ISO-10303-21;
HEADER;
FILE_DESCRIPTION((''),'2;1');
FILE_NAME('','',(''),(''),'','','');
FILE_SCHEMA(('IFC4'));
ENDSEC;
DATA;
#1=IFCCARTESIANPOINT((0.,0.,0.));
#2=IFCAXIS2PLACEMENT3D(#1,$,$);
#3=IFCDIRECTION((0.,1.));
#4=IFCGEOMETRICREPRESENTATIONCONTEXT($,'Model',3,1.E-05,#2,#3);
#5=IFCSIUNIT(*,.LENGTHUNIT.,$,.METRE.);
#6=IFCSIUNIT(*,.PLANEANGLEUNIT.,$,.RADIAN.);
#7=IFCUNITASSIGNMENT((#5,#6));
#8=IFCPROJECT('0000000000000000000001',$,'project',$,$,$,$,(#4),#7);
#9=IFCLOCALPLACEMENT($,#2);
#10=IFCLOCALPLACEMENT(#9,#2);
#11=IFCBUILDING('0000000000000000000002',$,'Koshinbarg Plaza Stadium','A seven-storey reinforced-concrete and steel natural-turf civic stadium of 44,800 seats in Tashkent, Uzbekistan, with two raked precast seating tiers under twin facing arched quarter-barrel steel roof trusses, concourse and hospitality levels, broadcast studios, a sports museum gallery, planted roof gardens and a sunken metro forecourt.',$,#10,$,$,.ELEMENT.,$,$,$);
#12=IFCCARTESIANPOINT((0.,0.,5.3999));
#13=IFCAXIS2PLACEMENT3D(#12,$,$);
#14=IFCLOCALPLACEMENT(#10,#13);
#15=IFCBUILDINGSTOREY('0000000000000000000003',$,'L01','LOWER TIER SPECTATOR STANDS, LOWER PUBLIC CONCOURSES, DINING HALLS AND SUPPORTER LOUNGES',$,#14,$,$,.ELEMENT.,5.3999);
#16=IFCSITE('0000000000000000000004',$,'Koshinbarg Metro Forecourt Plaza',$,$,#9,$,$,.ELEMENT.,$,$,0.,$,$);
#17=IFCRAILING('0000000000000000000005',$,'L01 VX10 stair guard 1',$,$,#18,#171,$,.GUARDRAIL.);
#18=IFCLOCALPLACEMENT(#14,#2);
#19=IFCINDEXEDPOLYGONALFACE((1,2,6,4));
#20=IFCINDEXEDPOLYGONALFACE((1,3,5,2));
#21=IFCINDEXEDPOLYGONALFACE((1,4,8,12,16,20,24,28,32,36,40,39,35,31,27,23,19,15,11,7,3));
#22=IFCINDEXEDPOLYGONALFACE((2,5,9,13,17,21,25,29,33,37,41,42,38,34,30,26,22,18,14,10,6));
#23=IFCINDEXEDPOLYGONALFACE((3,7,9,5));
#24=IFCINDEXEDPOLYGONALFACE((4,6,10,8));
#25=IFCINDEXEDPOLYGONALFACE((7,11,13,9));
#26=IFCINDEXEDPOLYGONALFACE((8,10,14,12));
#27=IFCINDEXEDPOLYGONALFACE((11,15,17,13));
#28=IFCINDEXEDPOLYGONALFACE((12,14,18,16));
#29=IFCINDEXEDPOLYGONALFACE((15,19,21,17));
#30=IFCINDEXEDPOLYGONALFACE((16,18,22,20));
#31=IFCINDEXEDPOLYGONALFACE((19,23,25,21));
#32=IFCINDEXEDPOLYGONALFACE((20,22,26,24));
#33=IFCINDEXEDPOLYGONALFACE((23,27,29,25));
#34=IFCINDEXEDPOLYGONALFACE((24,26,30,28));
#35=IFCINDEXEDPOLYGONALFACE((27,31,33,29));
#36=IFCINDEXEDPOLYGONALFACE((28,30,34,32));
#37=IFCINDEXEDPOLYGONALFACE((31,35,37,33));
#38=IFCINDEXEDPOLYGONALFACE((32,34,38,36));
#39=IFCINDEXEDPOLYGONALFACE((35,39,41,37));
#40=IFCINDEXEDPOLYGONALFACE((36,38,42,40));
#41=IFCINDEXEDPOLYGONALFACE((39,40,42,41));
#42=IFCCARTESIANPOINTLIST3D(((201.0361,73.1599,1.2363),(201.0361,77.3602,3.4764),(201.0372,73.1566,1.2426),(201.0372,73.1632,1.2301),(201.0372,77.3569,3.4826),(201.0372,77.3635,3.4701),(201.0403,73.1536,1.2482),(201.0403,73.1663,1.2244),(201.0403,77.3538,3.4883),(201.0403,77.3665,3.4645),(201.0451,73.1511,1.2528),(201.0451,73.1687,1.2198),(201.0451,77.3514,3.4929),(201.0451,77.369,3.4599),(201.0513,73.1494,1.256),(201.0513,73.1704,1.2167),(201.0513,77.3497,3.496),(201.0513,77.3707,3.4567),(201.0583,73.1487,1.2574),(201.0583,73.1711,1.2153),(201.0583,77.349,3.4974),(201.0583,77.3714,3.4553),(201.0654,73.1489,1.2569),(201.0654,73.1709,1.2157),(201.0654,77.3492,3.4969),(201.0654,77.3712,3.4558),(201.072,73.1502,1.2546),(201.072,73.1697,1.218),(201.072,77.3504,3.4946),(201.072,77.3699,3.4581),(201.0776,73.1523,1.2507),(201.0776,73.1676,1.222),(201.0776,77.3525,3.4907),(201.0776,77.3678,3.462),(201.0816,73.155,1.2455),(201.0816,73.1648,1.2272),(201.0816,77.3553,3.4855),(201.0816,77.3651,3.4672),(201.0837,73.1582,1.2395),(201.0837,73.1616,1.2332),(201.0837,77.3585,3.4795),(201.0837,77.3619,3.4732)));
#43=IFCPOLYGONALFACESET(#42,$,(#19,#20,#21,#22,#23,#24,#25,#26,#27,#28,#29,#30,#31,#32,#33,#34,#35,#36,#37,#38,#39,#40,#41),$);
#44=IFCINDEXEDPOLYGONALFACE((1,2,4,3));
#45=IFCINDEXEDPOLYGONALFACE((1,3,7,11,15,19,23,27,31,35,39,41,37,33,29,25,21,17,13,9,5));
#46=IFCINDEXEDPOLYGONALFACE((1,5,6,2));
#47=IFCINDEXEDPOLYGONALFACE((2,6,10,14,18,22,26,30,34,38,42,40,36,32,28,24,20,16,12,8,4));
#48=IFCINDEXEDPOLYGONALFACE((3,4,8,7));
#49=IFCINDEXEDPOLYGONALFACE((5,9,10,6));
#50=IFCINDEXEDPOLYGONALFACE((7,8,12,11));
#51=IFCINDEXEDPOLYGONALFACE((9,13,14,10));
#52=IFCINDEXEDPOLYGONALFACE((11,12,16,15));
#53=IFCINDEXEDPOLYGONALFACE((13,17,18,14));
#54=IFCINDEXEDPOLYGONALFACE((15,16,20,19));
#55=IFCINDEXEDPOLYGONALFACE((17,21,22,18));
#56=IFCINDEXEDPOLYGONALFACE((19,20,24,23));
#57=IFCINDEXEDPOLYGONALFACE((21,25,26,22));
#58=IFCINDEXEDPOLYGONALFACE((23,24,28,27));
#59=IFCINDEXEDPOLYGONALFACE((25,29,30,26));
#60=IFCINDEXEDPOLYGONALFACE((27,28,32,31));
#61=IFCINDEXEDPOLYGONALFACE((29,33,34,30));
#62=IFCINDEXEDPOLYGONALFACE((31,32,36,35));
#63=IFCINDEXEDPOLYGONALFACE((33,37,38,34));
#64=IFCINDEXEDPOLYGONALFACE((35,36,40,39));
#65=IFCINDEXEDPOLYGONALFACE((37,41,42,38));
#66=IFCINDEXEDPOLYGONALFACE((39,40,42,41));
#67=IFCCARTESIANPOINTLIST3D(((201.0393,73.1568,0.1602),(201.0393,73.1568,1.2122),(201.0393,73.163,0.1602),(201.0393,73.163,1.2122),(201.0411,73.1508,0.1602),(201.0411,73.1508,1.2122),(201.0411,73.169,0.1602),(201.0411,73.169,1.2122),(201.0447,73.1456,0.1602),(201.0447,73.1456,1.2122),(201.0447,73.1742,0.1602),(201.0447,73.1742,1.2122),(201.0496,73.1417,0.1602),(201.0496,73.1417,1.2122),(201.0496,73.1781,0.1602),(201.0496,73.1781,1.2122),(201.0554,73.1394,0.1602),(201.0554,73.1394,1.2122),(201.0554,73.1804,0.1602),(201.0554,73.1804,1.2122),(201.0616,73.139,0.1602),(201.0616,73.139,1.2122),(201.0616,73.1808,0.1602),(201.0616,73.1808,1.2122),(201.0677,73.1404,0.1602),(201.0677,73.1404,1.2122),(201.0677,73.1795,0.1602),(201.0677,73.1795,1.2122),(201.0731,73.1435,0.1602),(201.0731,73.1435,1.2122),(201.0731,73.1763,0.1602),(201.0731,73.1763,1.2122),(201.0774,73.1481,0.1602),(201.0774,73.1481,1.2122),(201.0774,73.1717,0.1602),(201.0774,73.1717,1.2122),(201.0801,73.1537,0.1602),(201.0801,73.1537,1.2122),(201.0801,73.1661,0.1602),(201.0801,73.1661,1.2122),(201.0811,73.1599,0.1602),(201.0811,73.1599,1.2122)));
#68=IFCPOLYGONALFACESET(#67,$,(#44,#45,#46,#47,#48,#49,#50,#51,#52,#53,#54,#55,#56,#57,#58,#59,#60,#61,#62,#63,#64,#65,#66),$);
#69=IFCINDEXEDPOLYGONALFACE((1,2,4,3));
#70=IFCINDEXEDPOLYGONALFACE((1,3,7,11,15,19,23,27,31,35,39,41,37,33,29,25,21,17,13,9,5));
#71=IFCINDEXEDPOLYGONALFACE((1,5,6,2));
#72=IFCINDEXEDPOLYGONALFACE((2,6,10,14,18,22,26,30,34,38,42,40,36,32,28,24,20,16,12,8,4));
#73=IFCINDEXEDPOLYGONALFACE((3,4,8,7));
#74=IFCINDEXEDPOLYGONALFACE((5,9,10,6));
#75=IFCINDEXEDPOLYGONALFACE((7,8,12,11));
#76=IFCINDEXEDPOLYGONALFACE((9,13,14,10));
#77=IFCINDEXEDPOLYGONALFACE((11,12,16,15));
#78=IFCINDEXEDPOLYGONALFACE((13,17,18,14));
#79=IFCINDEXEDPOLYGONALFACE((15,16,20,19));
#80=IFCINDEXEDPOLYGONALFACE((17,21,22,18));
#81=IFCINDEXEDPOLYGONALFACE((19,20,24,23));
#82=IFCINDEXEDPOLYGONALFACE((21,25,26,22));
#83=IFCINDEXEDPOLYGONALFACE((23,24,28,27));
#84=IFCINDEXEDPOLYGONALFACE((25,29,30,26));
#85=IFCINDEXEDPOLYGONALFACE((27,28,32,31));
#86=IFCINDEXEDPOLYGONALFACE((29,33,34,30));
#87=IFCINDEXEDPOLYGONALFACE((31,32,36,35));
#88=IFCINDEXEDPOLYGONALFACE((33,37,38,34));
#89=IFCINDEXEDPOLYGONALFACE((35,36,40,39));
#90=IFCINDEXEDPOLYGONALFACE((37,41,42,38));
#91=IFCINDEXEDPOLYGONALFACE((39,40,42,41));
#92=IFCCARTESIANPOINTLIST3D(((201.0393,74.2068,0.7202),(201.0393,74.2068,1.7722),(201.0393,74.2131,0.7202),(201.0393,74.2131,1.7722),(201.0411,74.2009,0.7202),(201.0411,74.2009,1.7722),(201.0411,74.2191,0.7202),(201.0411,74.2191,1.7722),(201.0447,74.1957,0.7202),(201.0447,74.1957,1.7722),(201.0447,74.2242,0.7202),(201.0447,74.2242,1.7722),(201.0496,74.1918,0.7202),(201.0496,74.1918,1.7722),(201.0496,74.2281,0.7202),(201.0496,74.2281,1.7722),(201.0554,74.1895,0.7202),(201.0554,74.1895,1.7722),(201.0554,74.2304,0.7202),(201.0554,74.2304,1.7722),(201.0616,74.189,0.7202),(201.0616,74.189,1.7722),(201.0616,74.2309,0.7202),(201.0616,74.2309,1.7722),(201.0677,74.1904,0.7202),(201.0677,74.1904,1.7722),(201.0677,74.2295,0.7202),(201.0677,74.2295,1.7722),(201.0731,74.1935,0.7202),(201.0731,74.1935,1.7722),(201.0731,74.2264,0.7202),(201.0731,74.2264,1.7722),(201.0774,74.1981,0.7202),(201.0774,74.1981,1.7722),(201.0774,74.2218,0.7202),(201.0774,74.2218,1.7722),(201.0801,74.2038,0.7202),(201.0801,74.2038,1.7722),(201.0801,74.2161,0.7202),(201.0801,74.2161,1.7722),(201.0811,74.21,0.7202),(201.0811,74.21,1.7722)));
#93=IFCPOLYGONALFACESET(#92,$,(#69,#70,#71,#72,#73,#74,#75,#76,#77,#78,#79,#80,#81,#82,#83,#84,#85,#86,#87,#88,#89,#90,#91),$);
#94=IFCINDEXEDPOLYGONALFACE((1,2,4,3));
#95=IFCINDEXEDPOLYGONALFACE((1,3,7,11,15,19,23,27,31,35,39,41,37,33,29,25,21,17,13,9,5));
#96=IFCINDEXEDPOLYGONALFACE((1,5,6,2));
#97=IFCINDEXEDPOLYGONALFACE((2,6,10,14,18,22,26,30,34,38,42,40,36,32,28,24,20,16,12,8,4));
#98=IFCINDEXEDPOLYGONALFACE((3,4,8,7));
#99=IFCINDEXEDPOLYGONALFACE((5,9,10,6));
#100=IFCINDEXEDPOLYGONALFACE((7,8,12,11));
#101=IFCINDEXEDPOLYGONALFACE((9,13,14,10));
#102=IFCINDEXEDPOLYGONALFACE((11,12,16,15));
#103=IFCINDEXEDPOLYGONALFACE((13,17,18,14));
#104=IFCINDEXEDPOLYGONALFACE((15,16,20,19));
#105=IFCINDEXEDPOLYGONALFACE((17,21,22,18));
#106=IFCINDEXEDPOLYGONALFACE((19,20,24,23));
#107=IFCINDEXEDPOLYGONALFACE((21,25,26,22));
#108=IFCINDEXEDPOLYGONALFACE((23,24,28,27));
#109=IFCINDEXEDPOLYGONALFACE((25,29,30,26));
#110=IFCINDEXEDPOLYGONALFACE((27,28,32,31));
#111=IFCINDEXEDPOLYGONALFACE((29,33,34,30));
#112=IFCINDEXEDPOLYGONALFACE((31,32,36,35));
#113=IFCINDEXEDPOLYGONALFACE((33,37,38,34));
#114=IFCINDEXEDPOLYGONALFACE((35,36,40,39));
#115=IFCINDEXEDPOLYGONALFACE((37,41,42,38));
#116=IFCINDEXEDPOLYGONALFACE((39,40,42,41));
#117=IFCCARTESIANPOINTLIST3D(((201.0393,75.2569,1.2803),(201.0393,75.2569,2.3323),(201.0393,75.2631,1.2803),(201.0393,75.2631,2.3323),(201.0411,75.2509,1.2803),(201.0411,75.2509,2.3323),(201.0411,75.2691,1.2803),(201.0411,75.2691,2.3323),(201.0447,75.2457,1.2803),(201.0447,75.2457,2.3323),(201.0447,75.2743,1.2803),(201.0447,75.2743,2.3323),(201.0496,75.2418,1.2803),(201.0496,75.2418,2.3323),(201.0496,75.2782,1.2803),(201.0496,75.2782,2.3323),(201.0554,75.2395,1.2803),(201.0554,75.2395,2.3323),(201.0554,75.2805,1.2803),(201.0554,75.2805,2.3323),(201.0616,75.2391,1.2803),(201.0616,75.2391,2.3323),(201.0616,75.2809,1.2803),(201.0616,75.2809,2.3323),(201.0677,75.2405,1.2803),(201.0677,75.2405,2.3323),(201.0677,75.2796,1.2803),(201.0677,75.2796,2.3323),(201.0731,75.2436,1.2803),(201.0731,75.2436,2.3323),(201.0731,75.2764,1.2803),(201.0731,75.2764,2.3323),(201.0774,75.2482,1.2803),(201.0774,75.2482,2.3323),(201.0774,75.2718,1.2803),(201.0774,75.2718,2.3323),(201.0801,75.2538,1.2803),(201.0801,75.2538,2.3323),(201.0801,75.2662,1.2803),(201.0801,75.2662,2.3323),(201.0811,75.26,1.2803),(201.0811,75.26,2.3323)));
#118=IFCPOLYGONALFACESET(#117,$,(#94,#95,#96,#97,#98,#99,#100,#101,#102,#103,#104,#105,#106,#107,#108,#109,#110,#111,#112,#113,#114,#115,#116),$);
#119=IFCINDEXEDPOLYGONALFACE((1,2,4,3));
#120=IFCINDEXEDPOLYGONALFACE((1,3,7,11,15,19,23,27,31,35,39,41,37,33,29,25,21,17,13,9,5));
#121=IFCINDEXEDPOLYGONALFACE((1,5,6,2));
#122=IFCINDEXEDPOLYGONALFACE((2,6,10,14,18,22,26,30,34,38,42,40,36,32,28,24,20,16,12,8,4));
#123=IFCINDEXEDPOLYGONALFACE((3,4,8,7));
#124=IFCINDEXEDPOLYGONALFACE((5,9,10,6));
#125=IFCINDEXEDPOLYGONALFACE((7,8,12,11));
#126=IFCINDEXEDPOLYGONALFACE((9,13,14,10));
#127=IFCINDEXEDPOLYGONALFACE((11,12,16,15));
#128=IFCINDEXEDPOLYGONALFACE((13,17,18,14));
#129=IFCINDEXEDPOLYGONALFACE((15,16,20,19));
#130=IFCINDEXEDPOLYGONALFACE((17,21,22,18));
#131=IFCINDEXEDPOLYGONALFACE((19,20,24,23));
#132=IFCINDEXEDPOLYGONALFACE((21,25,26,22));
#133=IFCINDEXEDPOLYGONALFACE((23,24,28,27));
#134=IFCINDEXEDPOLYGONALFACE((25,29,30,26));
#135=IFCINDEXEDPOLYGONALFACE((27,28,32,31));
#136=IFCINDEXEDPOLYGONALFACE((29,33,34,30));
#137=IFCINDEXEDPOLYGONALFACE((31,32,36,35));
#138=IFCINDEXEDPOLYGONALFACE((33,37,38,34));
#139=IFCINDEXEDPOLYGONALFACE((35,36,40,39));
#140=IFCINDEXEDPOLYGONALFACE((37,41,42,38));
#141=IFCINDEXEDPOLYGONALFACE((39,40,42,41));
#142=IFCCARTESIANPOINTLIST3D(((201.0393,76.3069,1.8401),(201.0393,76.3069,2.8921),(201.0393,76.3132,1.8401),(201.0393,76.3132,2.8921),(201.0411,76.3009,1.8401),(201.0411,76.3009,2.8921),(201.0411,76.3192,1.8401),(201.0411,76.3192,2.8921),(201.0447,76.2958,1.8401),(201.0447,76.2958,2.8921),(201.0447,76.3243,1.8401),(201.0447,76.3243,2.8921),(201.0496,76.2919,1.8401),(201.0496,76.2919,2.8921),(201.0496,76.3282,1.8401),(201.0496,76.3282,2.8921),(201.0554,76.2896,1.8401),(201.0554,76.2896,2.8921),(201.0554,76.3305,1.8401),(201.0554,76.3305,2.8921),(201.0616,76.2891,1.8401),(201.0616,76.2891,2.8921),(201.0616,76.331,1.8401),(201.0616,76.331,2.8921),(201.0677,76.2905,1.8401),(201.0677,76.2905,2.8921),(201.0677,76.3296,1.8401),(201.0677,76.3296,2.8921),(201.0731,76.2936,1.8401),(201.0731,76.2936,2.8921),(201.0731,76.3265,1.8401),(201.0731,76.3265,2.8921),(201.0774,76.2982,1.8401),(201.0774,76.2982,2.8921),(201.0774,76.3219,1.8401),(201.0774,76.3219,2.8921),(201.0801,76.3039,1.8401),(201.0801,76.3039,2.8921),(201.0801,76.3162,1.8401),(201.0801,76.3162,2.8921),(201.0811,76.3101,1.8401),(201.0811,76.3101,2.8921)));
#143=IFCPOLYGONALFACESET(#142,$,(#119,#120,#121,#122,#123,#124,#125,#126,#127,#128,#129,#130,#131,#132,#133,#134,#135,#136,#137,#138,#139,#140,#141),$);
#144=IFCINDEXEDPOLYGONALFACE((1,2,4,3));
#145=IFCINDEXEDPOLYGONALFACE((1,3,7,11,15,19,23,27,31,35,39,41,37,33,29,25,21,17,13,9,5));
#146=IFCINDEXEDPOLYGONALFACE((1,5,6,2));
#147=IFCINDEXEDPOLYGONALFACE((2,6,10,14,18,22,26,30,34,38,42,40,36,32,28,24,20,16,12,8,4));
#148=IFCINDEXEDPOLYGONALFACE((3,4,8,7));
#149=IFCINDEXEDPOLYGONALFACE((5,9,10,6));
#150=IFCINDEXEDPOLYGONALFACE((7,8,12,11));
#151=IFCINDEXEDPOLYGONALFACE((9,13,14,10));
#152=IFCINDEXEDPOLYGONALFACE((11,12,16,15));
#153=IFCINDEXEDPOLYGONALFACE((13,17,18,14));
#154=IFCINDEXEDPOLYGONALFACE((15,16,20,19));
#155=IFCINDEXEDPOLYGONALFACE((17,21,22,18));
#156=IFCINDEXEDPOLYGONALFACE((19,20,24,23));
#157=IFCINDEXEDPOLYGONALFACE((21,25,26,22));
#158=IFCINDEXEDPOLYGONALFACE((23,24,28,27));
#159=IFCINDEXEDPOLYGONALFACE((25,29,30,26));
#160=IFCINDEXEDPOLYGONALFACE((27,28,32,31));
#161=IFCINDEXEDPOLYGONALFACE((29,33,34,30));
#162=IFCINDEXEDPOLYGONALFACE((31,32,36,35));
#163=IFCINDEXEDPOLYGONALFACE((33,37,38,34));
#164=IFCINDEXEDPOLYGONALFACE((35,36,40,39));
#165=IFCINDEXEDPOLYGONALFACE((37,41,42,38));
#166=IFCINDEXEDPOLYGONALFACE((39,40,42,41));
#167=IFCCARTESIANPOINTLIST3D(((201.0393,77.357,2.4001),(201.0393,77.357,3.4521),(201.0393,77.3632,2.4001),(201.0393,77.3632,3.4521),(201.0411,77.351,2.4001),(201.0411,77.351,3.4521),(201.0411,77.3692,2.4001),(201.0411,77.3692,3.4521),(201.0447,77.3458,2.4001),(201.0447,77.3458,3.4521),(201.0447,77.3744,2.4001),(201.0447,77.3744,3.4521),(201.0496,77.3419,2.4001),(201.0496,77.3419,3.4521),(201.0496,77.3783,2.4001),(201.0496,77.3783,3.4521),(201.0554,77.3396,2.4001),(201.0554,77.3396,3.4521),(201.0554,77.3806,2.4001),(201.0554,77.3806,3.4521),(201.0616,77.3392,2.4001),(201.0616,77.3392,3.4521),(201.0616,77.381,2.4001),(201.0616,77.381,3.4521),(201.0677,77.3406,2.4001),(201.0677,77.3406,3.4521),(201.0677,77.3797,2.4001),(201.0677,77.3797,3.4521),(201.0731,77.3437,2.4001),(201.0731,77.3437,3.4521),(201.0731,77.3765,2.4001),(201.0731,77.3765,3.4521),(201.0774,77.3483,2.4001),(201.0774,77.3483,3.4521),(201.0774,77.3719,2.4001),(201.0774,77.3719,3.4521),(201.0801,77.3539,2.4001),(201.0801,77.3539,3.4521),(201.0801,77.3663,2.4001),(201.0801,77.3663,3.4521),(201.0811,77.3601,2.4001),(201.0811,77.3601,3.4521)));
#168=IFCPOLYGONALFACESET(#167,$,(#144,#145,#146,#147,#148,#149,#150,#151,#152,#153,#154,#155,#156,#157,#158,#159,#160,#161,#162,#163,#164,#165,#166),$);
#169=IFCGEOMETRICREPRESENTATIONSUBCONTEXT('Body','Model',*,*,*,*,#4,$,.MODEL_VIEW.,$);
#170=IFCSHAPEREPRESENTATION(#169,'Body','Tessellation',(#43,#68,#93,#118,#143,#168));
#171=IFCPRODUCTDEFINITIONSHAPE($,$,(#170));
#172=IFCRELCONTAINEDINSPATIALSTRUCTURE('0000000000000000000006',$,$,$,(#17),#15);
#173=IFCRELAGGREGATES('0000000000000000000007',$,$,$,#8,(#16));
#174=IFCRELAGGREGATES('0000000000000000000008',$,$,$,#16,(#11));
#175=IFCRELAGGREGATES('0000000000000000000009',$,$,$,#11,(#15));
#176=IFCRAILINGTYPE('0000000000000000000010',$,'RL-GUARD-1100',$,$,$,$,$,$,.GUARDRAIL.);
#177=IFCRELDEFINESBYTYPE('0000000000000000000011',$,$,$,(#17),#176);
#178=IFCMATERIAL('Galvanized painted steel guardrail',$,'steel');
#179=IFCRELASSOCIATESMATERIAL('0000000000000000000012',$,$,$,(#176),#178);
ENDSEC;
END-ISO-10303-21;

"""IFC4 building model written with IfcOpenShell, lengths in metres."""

from ifc_helpers import new_model, si_unit, direction, frame, origin, origin_2d, place, context, subcontext, project, spatial, circle, extrude, material, type_object, element, save


model = new_model("IFC4")

# Units and contexts
model_context = context("Model", 3, precision=1e-05, world=origin(), true_north=direction((0.0, 1.0)))
body_context = subcontext(model_context, "Body", "Model", "MODEL_VIEW")
ifc_project = project(units=[si_unit("LENGTHUNIT", "METRE"), si_unit("PLANEANGLEUNIT", "RADIAN")], contexts=[model_context])

# Site, building, storey
site_placement = place(None, origin())
site = spatial("IfcSite", under=ifc_project, at=site_placement, Name="Koshinbarg Metro Forecourt Plaza", CompositionType="ELEMENT", RefElevation=0.0)
building_placement = place(site_placement, origin())
building = spatial("IfcBuilding", under=site, at=building_placement, Name="Koshinbarg Plaza Stadium", Description="A seven-storey reinforced-concrete and steel natural-turf civic stadium of 44,800 seats in Tashkent, Uzbekistan, with two raked precast seating tiers under twin facing arched quarter-barrel steel roof trusses, concourse and hospitality levels, broadcast studios, a sports museum gallery, planted roof gardens and a sunken metro forecourt.", CompositionType="ELEMENT")
storey_placement = place(building_placement, frame((0.0, 0.0, 5.3999)))
storey = spatial("IfcBuildingStorey", under=building, at=storey_placement, Name="L01", Description="LOWER TIER SPECTATOR STANDS, LOWER PUBLIC CONCOURSES, DINING HALLS AND SUPPORTER LOUNGES", CompositionType="ELEMENT", Elevation=5.3999)

# Railing
ifc_material_1 = material(Name="Galvanized painted steel guardrail", Category="steel")
railing_type_1 = type_object("IfcRailingType", Name="RL-GUARD-1100", PredefinedType="GUARDRAIL", material=ifc_material_1)
railing_1_placement = place(storey_placement, frame((201.0601, 73.1599, 0.1602)))
element("IfcRailing", 1, at=railing_1_placement, inside=storey, type_object=railing_type_1, Name="L01 VX10 stair guard 1", PredefinedType="GUARDRAIL", context=body_context, shape_type="SweptSolid", body=[
    extrude(circle(Radius=0.0239, at=origin_2d()), frame((0.0, 0.0, 1.0762), z_axis=(0.0, 0.882363, 0.47057), x_axis=(-1.0, 0.0, 0.0)), (0.0, 0.0, 1.0), 4.7603),
    extrude(circle(Radius=0.021, at=origin_2d()), origin(), (0.0, 0.0, 1.0), 1.052),
    extrude(circle(Radius=0.021, at=origin_2d()), frame((0.0, 1.05, 0.5601)), (0.0, 0.0, 1.0), 1.052),
    extrude(circle(Radius=0.021, at=origin_2d()), frame((0.0, 2.1001, 1.1201)), (0.0, 0.0, 1.0), 1.052),
    extrude(circle(Radius=0.021, at=origin_2d()), frame((0.0, 3.1501, 1.6799)), (0.0, 0.0, 1.0), 1.052),
    extrude(circle(Radius=0.021, at=origin_2d()), frame((0.0, 4.2002, 2.24)), (0.0, 0.0, 1.0), 1.052),
])

save(model, "model.ifc")
